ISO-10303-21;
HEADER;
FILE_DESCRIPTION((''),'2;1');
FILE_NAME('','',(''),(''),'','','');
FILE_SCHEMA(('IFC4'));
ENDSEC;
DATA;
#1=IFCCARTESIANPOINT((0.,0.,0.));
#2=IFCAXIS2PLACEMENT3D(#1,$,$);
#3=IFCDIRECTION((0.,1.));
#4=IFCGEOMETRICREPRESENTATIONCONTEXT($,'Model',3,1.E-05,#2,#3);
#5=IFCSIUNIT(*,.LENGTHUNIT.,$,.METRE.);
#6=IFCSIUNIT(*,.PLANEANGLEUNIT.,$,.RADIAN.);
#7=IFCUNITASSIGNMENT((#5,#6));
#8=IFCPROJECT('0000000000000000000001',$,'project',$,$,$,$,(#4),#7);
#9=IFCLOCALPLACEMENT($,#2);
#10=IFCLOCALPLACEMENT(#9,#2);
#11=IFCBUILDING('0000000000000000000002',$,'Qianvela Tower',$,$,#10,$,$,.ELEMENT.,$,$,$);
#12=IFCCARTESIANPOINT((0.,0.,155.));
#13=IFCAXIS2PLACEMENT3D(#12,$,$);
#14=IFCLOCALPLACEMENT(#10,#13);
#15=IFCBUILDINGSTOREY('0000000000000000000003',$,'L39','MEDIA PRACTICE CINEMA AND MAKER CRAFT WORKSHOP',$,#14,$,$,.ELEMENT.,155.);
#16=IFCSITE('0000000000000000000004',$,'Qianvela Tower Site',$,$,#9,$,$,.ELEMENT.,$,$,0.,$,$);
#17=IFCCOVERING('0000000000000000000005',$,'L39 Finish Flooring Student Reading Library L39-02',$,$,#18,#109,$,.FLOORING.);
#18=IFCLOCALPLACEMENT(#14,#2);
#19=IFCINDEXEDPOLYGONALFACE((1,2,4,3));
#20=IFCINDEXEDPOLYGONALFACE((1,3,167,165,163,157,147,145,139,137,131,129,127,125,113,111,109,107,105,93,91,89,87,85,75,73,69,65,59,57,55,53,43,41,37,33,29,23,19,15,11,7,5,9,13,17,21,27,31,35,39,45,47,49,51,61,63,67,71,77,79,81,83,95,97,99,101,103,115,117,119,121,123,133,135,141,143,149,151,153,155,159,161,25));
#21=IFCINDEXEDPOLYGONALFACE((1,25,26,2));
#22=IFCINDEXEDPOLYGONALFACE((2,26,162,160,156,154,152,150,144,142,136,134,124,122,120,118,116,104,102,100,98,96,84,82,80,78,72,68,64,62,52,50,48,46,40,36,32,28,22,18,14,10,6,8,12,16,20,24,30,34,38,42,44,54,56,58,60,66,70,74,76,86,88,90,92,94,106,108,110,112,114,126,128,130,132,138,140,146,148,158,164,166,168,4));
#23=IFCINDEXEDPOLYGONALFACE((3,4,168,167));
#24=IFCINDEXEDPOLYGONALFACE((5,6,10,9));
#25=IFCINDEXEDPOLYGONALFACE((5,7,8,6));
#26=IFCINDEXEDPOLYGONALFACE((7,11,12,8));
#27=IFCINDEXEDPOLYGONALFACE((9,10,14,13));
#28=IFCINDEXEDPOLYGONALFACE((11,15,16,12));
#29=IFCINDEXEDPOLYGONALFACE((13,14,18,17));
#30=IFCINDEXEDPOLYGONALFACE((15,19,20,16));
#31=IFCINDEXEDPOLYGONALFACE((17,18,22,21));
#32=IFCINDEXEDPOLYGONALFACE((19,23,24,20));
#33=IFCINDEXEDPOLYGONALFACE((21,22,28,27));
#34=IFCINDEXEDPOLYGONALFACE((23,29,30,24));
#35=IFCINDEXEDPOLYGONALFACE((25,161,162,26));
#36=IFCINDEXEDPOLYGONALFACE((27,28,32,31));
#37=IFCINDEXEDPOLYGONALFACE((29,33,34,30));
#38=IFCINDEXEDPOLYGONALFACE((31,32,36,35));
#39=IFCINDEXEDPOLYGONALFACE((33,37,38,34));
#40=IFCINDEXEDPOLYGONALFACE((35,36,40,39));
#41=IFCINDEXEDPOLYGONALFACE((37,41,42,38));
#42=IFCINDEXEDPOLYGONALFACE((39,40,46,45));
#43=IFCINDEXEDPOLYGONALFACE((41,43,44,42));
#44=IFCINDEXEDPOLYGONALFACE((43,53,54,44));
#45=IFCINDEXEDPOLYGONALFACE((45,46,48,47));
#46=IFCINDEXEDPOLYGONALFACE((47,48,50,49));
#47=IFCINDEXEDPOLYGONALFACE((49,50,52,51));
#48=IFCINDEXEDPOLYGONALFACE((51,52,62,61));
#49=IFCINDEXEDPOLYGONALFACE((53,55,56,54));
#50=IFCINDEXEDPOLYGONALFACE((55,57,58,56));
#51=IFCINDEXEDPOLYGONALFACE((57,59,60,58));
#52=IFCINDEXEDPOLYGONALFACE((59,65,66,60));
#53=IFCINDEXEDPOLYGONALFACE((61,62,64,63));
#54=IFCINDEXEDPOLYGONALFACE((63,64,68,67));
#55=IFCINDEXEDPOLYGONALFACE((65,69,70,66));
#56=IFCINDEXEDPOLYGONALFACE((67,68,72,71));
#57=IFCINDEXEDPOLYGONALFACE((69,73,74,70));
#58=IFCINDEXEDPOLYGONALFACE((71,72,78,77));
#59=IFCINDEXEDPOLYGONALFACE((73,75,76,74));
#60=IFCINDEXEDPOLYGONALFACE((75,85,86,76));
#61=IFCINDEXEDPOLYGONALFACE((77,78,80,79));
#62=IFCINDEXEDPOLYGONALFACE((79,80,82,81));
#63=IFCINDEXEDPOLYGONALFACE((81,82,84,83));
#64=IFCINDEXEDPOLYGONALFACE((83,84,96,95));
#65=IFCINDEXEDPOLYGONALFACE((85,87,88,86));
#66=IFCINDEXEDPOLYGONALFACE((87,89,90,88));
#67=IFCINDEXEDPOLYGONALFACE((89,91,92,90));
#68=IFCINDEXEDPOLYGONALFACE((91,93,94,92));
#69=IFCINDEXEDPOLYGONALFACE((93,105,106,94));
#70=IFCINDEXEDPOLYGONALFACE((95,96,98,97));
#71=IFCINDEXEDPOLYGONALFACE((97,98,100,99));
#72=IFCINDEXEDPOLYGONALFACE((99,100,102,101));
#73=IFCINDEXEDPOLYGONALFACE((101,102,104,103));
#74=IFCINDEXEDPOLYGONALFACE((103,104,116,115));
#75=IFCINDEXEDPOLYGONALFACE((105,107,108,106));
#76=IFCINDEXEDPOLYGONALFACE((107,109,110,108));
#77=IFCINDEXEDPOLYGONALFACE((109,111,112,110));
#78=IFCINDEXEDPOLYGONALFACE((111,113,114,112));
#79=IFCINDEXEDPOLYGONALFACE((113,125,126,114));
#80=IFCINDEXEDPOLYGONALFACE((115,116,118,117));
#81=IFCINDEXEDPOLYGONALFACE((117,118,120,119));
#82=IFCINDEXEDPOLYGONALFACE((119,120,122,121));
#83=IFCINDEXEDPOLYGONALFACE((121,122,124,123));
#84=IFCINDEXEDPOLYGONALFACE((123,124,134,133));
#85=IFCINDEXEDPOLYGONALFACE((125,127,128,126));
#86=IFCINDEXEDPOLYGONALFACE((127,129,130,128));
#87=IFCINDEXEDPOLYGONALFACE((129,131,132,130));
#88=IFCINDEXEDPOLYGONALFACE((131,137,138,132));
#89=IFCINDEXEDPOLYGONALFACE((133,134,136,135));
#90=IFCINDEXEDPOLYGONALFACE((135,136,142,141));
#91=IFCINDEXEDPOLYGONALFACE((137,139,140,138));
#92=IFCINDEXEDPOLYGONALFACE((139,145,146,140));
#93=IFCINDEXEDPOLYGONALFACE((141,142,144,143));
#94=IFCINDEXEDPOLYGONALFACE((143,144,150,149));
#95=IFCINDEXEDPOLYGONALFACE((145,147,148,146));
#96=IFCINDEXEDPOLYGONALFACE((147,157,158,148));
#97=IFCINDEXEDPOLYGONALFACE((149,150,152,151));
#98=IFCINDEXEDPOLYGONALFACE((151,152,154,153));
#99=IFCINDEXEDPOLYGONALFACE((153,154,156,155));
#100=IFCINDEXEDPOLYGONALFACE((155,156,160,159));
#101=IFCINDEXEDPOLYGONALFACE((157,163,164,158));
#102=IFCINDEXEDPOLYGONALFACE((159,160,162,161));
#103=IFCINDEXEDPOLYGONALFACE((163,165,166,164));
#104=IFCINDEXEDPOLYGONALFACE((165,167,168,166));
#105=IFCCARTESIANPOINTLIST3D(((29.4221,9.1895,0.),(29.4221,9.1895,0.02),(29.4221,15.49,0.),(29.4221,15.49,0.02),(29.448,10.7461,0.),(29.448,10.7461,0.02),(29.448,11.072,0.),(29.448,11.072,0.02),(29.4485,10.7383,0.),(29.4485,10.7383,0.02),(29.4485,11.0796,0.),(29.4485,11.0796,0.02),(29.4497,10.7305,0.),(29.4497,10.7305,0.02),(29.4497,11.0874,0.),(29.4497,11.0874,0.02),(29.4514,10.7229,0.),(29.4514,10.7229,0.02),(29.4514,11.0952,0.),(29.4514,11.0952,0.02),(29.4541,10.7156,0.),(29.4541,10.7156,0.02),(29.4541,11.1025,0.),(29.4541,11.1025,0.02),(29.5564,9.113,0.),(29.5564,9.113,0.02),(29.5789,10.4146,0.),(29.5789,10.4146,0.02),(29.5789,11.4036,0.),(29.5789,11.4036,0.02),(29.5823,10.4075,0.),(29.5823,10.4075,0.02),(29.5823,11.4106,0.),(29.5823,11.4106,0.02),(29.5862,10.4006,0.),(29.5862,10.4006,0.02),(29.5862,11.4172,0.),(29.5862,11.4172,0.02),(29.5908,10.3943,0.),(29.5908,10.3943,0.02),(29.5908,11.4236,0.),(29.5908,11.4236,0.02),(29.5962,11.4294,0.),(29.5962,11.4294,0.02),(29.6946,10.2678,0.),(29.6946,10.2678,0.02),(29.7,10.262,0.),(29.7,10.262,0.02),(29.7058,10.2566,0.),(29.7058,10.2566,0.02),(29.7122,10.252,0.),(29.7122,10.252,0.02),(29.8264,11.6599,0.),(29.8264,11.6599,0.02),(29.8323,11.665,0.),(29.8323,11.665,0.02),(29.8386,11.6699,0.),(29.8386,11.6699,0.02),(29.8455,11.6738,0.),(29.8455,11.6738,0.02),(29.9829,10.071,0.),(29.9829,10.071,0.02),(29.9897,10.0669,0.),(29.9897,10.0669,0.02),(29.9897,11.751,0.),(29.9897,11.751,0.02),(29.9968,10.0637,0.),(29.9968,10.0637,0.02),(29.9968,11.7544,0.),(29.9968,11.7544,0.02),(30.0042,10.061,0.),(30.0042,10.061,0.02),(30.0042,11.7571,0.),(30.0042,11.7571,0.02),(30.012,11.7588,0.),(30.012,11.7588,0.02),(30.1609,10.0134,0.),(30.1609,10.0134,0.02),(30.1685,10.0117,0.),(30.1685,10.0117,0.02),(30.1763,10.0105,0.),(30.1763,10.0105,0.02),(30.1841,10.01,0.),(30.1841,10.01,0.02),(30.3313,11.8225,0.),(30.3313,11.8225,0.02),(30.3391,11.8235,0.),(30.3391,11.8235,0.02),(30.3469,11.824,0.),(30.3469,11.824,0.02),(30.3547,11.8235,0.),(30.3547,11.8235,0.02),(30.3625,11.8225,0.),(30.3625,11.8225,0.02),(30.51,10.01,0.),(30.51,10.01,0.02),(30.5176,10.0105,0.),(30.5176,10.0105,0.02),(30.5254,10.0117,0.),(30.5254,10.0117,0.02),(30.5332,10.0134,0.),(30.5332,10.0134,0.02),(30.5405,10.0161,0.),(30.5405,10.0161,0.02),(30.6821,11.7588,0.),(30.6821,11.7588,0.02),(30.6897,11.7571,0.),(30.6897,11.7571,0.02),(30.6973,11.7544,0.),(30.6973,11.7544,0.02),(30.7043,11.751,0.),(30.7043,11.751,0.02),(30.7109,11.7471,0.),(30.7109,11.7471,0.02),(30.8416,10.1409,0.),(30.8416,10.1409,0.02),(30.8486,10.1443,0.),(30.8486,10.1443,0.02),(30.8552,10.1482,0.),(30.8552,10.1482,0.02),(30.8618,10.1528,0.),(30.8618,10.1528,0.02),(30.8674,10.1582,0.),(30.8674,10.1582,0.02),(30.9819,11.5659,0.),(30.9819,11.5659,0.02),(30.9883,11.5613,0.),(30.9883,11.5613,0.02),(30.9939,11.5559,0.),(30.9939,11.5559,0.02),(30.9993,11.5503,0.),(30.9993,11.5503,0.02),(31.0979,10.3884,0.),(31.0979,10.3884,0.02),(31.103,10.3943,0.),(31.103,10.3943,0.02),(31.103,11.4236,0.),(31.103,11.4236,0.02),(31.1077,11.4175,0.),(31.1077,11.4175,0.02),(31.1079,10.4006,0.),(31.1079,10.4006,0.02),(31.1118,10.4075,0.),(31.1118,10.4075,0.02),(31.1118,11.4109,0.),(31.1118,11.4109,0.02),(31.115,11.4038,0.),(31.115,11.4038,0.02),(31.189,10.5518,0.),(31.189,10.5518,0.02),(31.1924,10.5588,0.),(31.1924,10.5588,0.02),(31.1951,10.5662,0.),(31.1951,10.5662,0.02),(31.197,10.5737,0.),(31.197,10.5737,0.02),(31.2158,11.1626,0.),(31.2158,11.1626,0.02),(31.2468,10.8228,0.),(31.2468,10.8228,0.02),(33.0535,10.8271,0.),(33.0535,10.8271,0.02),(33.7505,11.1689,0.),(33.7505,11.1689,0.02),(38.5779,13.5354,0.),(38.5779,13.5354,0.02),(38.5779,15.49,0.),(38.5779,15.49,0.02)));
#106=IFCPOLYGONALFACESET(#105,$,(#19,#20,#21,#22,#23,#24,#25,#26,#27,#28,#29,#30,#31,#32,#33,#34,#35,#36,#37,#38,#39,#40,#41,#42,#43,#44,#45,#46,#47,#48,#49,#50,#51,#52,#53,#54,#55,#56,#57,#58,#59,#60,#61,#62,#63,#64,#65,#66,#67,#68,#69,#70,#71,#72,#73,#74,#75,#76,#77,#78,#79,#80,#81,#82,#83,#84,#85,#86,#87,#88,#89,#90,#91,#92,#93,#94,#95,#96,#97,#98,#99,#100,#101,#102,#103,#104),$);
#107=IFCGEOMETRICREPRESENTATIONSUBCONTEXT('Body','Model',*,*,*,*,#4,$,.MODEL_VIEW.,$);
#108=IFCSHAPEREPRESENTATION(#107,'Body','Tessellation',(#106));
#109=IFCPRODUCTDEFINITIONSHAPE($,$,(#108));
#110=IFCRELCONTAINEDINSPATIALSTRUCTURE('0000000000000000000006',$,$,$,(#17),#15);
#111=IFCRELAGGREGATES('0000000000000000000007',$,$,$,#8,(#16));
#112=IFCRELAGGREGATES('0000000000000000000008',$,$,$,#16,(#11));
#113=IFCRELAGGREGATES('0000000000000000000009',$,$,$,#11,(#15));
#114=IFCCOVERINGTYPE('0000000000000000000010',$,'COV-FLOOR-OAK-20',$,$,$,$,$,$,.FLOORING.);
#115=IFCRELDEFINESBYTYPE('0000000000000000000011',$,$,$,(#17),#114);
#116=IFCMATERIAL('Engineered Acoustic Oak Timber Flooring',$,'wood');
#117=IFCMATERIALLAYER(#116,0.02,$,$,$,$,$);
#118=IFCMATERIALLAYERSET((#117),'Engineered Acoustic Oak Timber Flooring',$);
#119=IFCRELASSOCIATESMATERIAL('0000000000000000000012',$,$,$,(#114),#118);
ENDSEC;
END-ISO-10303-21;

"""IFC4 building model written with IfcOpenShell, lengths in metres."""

from ifc_helpers import new_model, si_unit, direction, frame, origin, place, context, subcontext, project, spatial, polyline, outline, extrude, material, layer, layer_set, type_object, element, save


model = new_model("IFC4")

# Units and contexts
model_context = context("Model", 3, precision=1e-05, world=origin(), true_north=direction((0.0, 1.0)))
body_context = subcontext(model_context, "Body", "Model", "MODEL_VIEW")
ifc_project = project(units=[si_unit("LENGTHUNIT", "METRE"), si_unit("PLANEANGLEUNIT", "RADIAN")], contexts=[model_context])

# Site, building, storey
site_placement = place(None, origin())
site = spatial("IfcSite", under=ifc_project, at=site_placement, Name="Qianvela Tower Site", CompositionType="ELEMENT", RefElevation=0.0)
building_placement = place(site_placement, origin())
building = spatial("IfcBuilding", under=site, at=building_placement, Name="Qianvela Tower", CompositionType="ELEMENT")
storey_placement = place(building_placement, frame((0.0, 0.0, 155.0)))
storey = spatial("IfcBuildingStorey", under=building, at=storey_placement, Name="L39", Description="MEDIA PRACTICE CINEMA AND MAKER CRAFT WORKSHOP", CompositionType="ELEMENT", Elevation=155.0)

# Covering
ifc_material_1 = material(Name="Engineered Acoustic Oak Timber Flooring", Category="wood")
ifc_layer_1 = layer(ifc_material_1, 0.02)
ifc_layer_set_1 = layer_set([ifc_layer_1], Name="Engineered Acoustic Oak Timber Flooring")
covering_type_1 = type_object("IfcCoveringType", Name="COV-FLOOR-OAK-20", PredefinedType="FLOORING", material=ifc_layer_set_1)
covering_1_placement = place(storey_placement, origin())
element("IfcCovering", 1, at=covering_1_placement, inside=storey, type_object=covering_type_1, Name="L39 Finish Flooring Student Reading Library L39-02", PredefinedType="FLOORING", context=body_context, shape_type="SweptSolid", body=[
    extrude(outline(polyline([(38.5779, 13.5354), (33.7505, 11.1689), (31.2158, 11.1626), (31.115, 11.4038), (31.1118, 11.4109), (31.1077, 11.4175), (31.103, 11.4236), (30.9993, 11.5503), (30.9939, 11.5559), (30.9883, 11.5613), (30.9819, 11.5659), (30.7109, 11.7471), (30.7043, 11.751), (30.6973, 11.7544), (30.6897, 11.7571), (30.6821, 11.7588), (30.3625, 11.8225), (30.3547, 11.8235), (30.3469, 11.824), (30.3391, 11.8235), (30.3313, 11.8225), (30.012, 11.7588), (30.0042, 11.7571), (29.9968, 11.7544), (29.9897, 11.751), (29.8455, 11.6738), (29.8386, 11.6699), (29.8323, 11.665), (29.8264, 11.6599), (29.5962, 11.4294), (29.5908, 11.4236), (29.5862, 11.4172), (29.5823, 11.4106), (29.5789, 11.4036), (29.4541, 11.1025), (29.4514, 11.0952), (29.4497, 11.0874), (29.4485, 11.0796), (29.448, 11.072), (29.448, 10.7461), (29.4485, 10.7383), (29.4497, 10.7305), (29.4514, 10.7229), (29.4541, 10.7156), (29.5789, 10.4146), (29.5823, 10.4075), (29.5862, 10.4006), (29.5908, 10.3943), (29.6946, 10.2678), (29.7, 10.262), (29.7058, 10.2566), (29.7122, 10.252), (29.9829, 10.071), (29.9897, 10.0669), (29.9968, 10.0637), (30.0042, 10.061), (30.1609, 10.0134), (30.1685, 10.0117), (30.1763, 10.0105), (30.1841, 10.01), (30.51, 10.01), (30.5176, 10.0105), (30.5254, 10.0117), (30.5332, 10.0134), (30.5405, 10.0161), (30.8416, 10.1409), (30.8486, 10.1443), (30.8552, 10.1482), (30.8618, 10.1528), (30.8674, 10.1582), (31.0979, 10.3884), (31.103, 10.3943), (31.1079, 10.4006), (31.1118, 10.4075), (31.189, 10.5518), (31.1924, 10.5588), (31.1951, 10.5662), (31.197, 10.5737), (31.2468, 10.8228), (33.0535, 10.8271), (29.5564, 9.113), (29.4221, 9.1895), (29.4221, 15.49), (38.5779, 15.49), (38.5779, 13.5354)])), origin(), (0.0, 0.0, 1.0), 0.02),
])

save(model, "model.ifc")
